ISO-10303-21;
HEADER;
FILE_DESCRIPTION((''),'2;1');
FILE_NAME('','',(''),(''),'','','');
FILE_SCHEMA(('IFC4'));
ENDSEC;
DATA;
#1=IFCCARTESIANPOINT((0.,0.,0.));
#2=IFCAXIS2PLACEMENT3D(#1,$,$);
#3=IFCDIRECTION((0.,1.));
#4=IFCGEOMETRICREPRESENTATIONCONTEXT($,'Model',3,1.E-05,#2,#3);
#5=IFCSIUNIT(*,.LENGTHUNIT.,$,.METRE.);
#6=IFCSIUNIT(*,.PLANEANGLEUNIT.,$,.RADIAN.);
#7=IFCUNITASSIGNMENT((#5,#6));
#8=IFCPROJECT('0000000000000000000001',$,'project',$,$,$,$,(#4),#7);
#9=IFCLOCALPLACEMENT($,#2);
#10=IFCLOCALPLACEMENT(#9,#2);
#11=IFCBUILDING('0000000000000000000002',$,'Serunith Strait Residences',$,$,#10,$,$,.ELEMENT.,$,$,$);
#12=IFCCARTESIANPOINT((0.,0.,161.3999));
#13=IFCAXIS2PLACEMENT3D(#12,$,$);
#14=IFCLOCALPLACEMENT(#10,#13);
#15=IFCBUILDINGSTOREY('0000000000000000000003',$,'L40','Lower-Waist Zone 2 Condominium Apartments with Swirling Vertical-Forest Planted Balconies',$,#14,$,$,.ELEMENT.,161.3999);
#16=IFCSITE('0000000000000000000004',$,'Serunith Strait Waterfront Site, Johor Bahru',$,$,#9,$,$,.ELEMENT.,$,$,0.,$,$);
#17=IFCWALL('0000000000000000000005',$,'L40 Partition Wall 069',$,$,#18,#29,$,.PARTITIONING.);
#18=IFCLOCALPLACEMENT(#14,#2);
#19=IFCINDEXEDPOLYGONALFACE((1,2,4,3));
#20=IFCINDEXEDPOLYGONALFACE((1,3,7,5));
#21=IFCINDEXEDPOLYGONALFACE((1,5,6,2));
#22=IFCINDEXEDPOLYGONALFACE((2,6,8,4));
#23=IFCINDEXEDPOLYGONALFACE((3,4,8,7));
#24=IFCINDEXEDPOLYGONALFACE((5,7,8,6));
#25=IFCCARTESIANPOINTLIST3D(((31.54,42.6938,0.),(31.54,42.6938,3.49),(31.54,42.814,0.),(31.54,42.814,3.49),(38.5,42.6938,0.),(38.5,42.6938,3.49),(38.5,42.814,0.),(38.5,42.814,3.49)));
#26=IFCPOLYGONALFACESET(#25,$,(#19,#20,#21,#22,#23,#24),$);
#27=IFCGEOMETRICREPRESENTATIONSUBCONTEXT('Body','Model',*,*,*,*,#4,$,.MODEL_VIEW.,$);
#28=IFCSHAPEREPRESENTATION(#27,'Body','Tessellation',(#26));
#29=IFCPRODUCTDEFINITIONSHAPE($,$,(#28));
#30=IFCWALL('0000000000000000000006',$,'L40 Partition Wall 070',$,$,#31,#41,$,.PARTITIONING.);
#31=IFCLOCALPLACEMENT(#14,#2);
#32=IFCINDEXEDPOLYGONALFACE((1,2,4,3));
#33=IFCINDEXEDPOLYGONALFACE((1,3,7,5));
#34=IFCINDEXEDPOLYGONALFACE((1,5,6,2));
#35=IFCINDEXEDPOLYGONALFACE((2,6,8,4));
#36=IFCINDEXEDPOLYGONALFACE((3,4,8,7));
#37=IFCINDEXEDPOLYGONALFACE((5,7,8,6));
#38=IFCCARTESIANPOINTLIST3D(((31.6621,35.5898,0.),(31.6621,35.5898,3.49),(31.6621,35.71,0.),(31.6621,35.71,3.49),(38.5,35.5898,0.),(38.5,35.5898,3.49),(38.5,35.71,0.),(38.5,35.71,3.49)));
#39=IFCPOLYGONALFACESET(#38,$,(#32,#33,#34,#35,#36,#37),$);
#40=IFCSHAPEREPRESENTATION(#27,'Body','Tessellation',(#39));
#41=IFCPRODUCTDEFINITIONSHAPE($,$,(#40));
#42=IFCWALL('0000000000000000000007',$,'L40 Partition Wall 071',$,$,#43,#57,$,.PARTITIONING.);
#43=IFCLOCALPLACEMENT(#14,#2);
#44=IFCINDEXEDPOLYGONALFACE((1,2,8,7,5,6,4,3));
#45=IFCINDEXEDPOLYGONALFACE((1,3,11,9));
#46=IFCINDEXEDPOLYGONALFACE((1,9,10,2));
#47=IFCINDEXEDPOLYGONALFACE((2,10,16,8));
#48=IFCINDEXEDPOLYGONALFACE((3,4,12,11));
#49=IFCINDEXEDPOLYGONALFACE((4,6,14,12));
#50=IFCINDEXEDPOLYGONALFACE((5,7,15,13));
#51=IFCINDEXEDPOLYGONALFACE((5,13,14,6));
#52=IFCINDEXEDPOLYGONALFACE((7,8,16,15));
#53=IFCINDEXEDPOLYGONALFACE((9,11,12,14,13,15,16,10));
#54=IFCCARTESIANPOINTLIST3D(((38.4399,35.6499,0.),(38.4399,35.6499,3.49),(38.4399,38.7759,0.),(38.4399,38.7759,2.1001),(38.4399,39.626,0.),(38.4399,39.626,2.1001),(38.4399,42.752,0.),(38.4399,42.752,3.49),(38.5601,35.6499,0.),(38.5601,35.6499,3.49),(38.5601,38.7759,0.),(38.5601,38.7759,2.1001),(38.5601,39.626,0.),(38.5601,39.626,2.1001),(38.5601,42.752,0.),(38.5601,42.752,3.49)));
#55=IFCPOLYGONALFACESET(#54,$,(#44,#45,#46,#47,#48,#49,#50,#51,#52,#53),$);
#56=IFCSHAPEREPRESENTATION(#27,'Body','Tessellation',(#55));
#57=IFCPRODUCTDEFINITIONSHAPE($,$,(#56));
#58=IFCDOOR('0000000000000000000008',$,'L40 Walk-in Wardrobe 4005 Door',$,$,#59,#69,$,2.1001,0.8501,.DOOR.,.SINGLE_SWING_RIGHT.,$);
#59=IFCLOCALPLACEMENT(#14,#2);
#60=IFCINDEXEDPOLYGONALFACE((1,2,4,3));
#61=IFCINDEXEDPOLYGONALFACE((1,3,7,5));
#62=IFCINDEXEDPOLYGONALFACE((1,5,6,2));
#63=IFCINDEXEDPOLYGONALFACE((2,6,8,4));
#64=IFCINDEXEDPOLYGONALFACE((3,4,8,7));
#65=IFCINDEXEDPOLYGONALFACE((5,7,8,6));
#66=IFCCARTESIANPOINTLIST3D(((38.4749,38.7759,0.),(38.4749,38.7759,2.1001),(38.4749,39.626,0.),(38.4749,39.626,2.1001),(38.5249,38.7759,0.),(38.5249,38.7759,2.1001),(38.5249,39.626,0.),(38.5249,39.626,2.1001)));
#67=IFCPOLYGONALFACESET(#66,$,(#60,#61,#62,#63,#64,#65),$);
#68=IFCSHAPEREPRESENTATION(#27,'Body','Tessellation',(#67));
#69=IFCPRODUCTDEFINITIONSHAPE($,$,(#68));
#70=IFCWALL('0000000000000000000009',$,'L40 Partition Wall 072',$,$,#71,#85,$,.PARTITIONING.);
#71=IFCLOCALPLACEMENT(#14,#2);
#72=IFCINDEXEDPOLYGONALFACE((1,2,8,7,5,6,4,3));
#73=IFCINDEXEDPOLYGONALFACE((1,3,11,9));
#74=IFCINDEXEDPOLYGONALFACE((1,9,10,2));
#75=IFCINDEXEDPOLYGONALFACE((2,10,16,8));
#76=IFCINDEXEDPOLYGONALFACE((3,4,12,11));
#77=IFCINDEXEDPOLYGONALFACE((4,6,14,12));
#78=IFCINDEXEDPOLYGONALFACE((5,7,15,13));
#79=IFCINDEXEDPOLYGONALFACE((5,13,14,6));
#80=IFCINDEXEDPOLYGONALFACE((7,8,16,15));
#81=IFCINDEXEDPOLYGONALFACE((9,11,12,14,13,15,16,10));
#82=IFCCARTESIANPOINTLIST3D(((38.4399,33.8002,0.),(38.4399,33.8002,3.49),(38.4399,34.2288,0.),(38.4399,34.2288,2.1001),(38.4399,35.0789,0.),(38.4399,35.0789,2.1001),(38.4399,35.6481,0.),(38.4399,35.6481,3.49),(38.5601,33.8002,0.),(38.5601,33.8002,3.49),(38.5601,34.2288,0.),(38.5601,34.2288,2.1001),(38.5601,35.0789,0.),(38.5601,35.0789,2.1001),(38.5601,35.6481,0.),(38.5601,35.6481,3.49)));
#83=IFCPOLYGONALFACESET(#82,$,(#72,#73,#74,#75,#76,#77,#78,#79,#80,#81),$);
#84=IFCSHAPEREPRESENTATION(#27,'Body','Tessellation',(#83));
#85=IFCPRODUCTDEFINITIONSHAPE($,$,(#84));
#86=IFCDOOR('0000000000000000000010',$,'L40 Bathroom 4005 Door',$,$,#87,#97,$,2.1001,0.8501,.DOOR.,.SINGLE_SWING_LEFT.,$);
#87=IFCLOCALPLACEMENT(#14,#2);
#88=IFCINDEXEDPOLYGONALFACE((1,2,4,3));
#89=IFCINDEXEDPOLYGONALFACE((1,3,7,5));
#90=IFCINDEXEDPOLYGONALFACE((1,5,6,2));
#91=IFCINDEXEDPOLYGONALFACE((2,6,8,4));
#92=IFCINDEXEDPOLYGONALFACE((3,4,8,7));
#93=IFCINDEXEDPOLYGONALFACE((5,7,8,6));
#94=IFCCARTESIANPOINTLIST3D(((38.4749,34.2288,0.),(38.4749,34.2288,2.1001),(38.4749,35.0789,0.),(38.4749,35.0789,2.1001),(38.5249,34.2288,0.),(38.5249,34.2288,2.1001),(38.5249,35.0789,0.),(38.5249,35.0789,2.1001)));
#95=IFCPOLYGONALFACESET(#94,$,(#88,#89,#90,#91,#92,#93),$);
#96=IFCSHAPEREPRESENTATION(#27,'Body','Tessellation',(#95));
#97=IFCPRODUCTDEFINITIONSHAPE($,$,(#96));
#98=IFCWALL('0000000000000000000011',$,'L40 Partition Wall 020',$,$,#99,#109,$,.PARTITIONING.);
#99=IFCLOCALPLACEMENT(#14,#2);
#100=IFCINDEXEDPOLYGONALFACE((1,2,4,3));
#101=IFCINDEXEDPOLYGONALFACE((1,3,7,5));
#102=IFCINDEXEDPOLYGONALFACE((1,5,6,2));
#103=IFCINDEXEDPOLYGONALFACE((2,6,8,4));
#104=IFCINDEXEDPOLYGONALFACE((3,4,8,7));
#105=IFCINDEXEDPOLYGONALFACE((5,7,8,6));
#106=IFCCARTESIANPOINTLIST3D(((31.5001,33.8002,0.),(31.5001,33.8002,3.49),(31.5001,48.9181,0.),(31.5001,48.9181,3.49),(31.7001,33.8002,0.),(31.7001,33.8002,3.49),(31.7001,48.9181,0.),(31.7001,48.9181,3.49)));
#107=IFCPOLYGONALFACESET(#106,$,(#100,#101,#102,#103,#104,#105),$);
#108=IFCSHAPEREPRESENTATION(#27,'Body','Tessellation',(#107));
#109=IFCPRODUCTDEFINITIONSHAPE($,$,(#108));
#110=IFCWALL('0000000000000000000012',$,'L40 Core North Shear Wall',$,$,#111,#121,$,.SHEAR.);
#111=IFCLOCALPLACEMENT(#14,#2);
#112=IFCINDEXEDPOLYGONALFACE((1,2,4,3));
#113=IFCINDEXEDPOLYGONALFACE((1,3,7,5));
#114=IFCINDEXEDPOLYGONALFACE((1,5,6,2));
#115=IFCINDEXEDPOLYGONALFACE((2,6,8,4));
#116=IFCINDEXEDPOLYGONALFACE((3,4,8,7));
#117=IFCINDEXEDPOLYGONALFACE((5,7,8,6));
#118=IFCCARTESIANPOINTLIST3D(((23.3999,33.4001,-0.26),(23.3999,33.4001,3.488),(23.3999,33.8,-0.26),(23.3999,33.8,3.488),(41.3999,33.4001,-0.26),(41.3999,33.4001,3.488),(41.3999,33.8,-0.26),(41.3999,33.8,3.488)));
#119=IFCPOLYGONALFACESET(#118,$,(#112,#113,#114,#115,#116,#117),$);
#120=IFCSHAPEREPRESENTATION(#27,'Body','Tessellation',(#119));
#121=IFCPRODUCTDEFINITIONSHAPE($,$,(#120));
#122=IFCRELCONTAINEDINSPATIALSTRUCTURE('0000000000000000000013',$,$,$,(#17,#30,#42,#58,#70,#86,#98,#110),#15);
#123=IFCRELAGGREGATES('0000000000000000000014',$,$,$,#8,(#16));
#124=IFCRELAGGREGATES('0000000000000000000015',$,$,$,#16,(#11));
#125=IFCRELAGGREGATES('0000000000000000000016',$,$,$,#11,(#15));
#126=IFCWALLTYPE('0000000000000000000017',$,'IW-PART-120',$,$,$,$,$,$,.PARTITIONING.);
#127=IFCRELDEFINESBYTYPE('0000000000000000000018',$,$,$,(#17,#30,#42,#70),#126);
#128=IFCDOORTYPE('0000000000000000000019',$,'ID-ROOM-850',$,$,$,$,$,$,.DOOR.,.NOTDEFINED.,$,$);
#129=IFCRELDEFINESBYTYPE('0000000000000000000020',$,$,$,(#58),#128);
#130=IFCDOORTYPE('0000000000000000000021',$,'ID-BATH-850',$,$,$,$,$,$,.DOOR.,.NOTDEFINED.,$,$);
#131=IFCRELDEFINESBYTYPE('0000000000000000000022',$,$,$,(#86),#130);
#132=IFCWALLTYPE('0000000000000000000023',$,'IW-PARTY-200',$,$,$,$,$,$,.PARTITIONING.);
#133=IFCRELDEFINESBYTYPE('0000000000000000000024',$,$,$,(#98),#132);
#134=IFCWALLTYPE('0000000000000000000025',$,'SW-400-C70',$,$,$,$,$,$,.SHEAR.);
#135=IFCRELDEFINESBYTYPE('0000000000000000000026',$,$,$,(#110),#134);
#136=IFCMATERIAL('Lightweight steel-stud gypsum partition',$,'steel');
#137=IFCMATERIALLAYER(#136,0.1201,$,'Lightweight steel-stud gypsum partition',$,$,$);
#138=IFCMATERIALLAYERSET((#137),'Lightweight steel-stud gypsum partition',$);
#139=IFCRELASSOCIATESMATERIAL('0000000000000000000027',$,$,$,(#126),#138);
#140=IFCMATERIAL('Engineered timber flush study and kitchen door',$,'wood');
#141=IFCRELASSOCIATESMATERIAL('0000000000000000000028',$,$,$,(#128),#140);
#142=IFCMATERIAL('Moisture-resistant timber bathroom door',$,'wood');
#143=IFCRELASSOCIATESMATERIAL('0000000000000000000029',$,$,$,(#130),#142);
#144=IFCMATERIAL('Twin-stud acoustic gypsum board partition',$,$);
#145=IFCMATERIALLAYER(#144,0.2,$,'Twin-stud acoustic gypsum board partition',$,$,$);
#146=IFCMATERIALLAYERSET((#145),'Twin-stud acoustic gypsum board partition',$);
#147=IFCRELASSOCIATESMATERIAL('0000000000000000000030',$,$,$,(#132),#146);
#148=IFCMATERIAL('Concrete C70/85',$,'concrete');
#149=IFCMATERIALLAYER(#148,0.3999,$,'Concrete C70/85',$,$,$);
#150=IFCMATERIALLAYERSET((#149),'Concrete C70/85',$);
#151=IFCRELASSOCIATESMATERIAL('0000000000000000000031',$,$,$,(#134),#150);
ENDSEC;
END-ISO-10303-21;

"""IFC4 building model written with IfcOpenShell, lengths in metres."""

from ifc_helpers import new_model, si_unit, direction, frame, frame_2d, origin, place, context, subcontext, project, spatial, rectangle, extrude, source, transform, mapped, material, layer, layer_set, type_object, element, fill, save


model = new_model("IFC4")

# Units and contexts
model_context = context("Model", 3, precision=1e-05, world=origin(), true_north=direction((0.0, 1.0)))
body_context = subcontext(model_context, "Body", "Model", "MODEL_VIEW")
ifc_project = project(units=[si_unit("LENGTHUNIT", "METRE"), si_unit("PLANEANGLEUNIT", "RADIAN")], contexts=[model_context])

# Site, building, storey
site_placement = place(None, origin())
site = spatial("IfcSite", under=ifc_project, at=site_placement, Name="Serunith Strait Waterfront Site, Johor Bahru", CompositionType="ELEMENT", RefElevation=0.0)
building_placement = place(site_placement, origin())
building = spatial("IfcBuilding", under=site, at=building_placement, Name="Serunith Strait Residences", CompositionType="ELEMENT")
storey_placement = place(building_placement, frame((0.0, 0.0, 161.3999)))
storey = spatial("IfcBuildingStorey", under=building, at=storey_placement, Name="L40", Description="Lower-Waist Zone 2 Condominium Apartments with Swirling Vertical-Forest Planted Balconies", CompositionType="ELEMENT", Elevation=161.3999)

# Shared definitions
ifc_material_1 = material(Name="Lightweight steel-stud gypsum partition", Category="steel")
ifc_layer_1 = layer(ifc_material_1, 0.1201, Name="Lightweight steel-stud gypsum partition")
ifc_layer_set_1 = layer_set([ifc_layer_1], Name="Lightweight steel-stud gypsum partition")
wall_type_1 = type_object("IfcWallType", Name="IW-PART-120", PredefinedType="PARTITIONING", material=ifc_layer_set_1)
ifc_material_2 = material(Name="Engineered timber flush study and kitchen door", Category="wood")
door_type_1 = type_object("IfcDoorType", Name="ID-ROOM-850", OperationType="NOTDEFINED", PredefinedType="DOOR", material=ifc_material_2)
shared_shape_1 = source(origin(), body_context, "Body", "SweptSolid", [
    extrude(rectangle(XDim=0.8501, YDim=2.1001, at=frame_2d((0.425, 1.05))), frame((0.0, 0.0249, 0.0), z_axis=(0.0, -1.0, 0.0), x_axis=(1.0, 0.0, 0.0)), (0.0, 0.0, 1.0), 0.05),
])

# Walls
wall_1_placement = place(storey_placement, frame((31.54, 42.7539, 0.0), z_axis=(0.0, 0.0, 1.0), x_axis=(1.0, 0.0, 0.0)))
element("IfcWall", 1, at=wall_1_placement, inside=storey, type_object=wall_type_1, Name="L40 Partition Wall 069", PredefinedType="PARTITIONING", context=body_context, shape_type="SweptSolid", body=[
    extrude(rectangle(XDim=6.96, YDim=0.1201, at=frame_2d((3.48, 0.0))), origin(), (0.0, 0.0, 1.0), 3.49),
])
wall_2_placement = place(storey_placement, frame((31.6621, 35.6499, 0.0), z_axis=(0.0, 0.0, 1.0), x_axis=(1.0, 0.0, 0.0)))
element("IfcWall", 2, at=wall_2_placement, inside=storey, type_object=wall_type_1, Name="L40 Partition Wall 070", PredefinedType="PARTITIONING", context=body_context, shape_type="SweptSolid", body=[
    extrude(rectangle(XDim=6.8379, YDim=0.1201, at=frame_2d((3.4189, 0.0))), origin(), (0.0, 0.0, 1.0), 3.49),
])

# Walls, openings, doors
wall_3_placement = place(storey_placement, frame((38.5, 42.752, 0.0), z_axis=(0.0, 0.0, 1.0), x_axis=(0.0, -1.0, 0.0)))
wall_3 = element("IfcWall", 3, at=wall_3_placement, inside=storey, type_object=wall_type_1, Name="L40 Partition Wall 071", PredefinedType="PARTITIONING", context=body_context, shape_type="SweptSolid", body=[
    extrude(rectangle(XDim=7.1021, YDim=0.1201, at=frame_2d((3.551, 0.0))), origin(), (0.0, 0.0, 1.0), 3.49),
])
opening_1_placement = place(wall_3_placement, frame((3.126, 0.0, 0.0)))
opening_1 = element("IfcOpeningElement", 4, at=opening_1_placement, cuts=wall_3, PredefinedType="OPENING", context=body_context, shape_type="SweptSolid", body=[
    extrude(rectangle(XDim=0.8501, YDim=2.1001, at=frame_2d((0.425, 1.05))), frame((0.0, 0.0701, 0.0), z_axis=(0.0, -1.0, 0.0), x_axis=(1.0, 0.0, 0.0)), (0.0, 0.0, 1.0), 0.1401),
])
door_1_placement = place(opening_1_placement, origin())
door_1 = element("IfcDoor", 5, at=door_1_placement, inside=storey, type_object=door_type_1, Name="L40 Walk-in Wardrobe 4005 Door", OperationType="SINGLE_SWING_RIGHT", OverallHeight=2.1001, OverallWidth=0.8501, PredefinedType="DOOR", context=body_context, shape_type="MappedRepresentation", body=[
    mapped(shared_shape_1, transform((0.0, 0.0, 0.0), scale=1.0)),
])
fill(opening_1, door_1)
wall_4_placement = place(storey_placement, frame((38.5, 35.6479, 0.0), z_axis=(0.0, 0.0, 1.0), x_axis=(0.0, -1.0, 0.0)))
wall_4 = element("IfcWall", 6, at=wall_4_placement, inside=storey, type_object=wall_type_1, Name="L40 Partition Wall 072", PredefinedType="PARTITIONING", context=body_context, shape_type="SweptSolid", body=[
    extrude(rectangle(XDim=1.8479, YDim=0.1201, at=frame_2d((0.9238, 0.0))), origin(), (0.0, 0.0, 1.0), 3.49),
])
opening_2_placement = place(wall_4_placement, frame((0.5691, 0.0, 0.0)))
opening_2 = element("IfcOpeningElement", 7, at=opening_2_placement, cuts=wall_4, PredefinedType="OPENING", context=body_context, shape_type="SweptSolid", body=[
    extrude(rectangle(XDim=0.8501, YDim=2.1001, at=frame_2d((0.425, 1.05))), frame((0.0, 0.0701, 0.0), z_axis=(0.0, -1.0, 0.0), x_axis=(1.0, 0.0, 0.0)), (0.0, 0.0, 1.0), 0.1401),
])
ifc_material_3 = material(Name="Moisture-resistant timber bathroom door", Category="wood")
door_type_2 = type_object("IfcDoorType", Name="ID-BATH-850", OperationType="NOTDEFINED", PredefinedType="DOOR", material=ifc_material_3)
door_2_placement = place(opening_2_placement, origin())
door_2 = element("IfcDoor", 8, at=door_2_placement, inside=storey, type_object=door_type_2, Name="L40 Bathroom 4005 Door", OperationType="SINGLE_SWING_LEFT", OverallHeight=2.1001, OverallWidth=0.8501, PredefinedType="DOOR", context=body_context, shape_type="MappedRepresentation", body=[
    mapped(shared_shape_1, transform((0.0, 0.0, 0.0), scale=1.0)),
])
fill(opening_2, door_2)

# Walls
ifc_material_4 = material(Name="Twin-stud acoustic gypsum board partition")
ifc_layer_2 = layer(ifc_material_4, 0.2, Name="Twin-stud acoustic gypsum board partition")
ifc_layer_set_2 = layer_set([ifc_layer_2], Name="Twin-stud acoustic gypsum board partition")
wall_type_2 = type_object("IfcWallType", Name="IW-PARTY-200", PredefinedType="PARTITIONING", material=ifc_layer_set_2)
wall_5_placement = place(storey_placement, frame((31.6001, 33.8, 0.0), z_axis=(0.0, 0.0, 1.0), x_axis=(0.0, 1.0, 0.0)))
element("IfcWall", 9, at=wall_5_placement, inside=storey, type_object=wall_type_2, Name="L40 Partition Wall 020", PredefinedType="PARTITIONING", context=body_context, shape_type="SweptSolid", body=[
    extrude(rectangle(XDim=15.1179, YDim=0.2, at=frame_2d((7.5591, 0.0))), origin(), (0.0, 0.0, 1.0), 3.49),
])
ifc_material_5 = material(Name="Concrete C70/85", Category="concrete")
ifc_layer_3 = layer(ifc_material_5, 0.3999, Name="Concrete C70/85")
ifc_layer_set_3 = layer_set([ifc_layer_3], Name="Concrete C70/85")
wall_type_3 = type_object("IfcWallType", Name="SW-400-C70", PredefinedType="SHEAR", material=ifc_layer_set_3)
wall_6_placement = place(storey_placement, frame((41.3999, 33.6001, -0.26), z_axis=(0.0, 0.0, 1.0), x_axis=(-1.0, 0.0, 0.0)))
element("IfcWall", 10, at=wall_6_placement, inside=storey, type_object=wall_type_3, Name="L40 Core North Shear Wall", PredefinedType="SHEAR", context=body_context, shape_type="SweptSolid", body=[
    extrude(rectangle(XDim=18.0, YDim=0.3999, at=frame_2d((9.0, 0.0))), origin(), (0.0, 0.0, 1.0), 3.748),
])

save(model, "model.ifc")
